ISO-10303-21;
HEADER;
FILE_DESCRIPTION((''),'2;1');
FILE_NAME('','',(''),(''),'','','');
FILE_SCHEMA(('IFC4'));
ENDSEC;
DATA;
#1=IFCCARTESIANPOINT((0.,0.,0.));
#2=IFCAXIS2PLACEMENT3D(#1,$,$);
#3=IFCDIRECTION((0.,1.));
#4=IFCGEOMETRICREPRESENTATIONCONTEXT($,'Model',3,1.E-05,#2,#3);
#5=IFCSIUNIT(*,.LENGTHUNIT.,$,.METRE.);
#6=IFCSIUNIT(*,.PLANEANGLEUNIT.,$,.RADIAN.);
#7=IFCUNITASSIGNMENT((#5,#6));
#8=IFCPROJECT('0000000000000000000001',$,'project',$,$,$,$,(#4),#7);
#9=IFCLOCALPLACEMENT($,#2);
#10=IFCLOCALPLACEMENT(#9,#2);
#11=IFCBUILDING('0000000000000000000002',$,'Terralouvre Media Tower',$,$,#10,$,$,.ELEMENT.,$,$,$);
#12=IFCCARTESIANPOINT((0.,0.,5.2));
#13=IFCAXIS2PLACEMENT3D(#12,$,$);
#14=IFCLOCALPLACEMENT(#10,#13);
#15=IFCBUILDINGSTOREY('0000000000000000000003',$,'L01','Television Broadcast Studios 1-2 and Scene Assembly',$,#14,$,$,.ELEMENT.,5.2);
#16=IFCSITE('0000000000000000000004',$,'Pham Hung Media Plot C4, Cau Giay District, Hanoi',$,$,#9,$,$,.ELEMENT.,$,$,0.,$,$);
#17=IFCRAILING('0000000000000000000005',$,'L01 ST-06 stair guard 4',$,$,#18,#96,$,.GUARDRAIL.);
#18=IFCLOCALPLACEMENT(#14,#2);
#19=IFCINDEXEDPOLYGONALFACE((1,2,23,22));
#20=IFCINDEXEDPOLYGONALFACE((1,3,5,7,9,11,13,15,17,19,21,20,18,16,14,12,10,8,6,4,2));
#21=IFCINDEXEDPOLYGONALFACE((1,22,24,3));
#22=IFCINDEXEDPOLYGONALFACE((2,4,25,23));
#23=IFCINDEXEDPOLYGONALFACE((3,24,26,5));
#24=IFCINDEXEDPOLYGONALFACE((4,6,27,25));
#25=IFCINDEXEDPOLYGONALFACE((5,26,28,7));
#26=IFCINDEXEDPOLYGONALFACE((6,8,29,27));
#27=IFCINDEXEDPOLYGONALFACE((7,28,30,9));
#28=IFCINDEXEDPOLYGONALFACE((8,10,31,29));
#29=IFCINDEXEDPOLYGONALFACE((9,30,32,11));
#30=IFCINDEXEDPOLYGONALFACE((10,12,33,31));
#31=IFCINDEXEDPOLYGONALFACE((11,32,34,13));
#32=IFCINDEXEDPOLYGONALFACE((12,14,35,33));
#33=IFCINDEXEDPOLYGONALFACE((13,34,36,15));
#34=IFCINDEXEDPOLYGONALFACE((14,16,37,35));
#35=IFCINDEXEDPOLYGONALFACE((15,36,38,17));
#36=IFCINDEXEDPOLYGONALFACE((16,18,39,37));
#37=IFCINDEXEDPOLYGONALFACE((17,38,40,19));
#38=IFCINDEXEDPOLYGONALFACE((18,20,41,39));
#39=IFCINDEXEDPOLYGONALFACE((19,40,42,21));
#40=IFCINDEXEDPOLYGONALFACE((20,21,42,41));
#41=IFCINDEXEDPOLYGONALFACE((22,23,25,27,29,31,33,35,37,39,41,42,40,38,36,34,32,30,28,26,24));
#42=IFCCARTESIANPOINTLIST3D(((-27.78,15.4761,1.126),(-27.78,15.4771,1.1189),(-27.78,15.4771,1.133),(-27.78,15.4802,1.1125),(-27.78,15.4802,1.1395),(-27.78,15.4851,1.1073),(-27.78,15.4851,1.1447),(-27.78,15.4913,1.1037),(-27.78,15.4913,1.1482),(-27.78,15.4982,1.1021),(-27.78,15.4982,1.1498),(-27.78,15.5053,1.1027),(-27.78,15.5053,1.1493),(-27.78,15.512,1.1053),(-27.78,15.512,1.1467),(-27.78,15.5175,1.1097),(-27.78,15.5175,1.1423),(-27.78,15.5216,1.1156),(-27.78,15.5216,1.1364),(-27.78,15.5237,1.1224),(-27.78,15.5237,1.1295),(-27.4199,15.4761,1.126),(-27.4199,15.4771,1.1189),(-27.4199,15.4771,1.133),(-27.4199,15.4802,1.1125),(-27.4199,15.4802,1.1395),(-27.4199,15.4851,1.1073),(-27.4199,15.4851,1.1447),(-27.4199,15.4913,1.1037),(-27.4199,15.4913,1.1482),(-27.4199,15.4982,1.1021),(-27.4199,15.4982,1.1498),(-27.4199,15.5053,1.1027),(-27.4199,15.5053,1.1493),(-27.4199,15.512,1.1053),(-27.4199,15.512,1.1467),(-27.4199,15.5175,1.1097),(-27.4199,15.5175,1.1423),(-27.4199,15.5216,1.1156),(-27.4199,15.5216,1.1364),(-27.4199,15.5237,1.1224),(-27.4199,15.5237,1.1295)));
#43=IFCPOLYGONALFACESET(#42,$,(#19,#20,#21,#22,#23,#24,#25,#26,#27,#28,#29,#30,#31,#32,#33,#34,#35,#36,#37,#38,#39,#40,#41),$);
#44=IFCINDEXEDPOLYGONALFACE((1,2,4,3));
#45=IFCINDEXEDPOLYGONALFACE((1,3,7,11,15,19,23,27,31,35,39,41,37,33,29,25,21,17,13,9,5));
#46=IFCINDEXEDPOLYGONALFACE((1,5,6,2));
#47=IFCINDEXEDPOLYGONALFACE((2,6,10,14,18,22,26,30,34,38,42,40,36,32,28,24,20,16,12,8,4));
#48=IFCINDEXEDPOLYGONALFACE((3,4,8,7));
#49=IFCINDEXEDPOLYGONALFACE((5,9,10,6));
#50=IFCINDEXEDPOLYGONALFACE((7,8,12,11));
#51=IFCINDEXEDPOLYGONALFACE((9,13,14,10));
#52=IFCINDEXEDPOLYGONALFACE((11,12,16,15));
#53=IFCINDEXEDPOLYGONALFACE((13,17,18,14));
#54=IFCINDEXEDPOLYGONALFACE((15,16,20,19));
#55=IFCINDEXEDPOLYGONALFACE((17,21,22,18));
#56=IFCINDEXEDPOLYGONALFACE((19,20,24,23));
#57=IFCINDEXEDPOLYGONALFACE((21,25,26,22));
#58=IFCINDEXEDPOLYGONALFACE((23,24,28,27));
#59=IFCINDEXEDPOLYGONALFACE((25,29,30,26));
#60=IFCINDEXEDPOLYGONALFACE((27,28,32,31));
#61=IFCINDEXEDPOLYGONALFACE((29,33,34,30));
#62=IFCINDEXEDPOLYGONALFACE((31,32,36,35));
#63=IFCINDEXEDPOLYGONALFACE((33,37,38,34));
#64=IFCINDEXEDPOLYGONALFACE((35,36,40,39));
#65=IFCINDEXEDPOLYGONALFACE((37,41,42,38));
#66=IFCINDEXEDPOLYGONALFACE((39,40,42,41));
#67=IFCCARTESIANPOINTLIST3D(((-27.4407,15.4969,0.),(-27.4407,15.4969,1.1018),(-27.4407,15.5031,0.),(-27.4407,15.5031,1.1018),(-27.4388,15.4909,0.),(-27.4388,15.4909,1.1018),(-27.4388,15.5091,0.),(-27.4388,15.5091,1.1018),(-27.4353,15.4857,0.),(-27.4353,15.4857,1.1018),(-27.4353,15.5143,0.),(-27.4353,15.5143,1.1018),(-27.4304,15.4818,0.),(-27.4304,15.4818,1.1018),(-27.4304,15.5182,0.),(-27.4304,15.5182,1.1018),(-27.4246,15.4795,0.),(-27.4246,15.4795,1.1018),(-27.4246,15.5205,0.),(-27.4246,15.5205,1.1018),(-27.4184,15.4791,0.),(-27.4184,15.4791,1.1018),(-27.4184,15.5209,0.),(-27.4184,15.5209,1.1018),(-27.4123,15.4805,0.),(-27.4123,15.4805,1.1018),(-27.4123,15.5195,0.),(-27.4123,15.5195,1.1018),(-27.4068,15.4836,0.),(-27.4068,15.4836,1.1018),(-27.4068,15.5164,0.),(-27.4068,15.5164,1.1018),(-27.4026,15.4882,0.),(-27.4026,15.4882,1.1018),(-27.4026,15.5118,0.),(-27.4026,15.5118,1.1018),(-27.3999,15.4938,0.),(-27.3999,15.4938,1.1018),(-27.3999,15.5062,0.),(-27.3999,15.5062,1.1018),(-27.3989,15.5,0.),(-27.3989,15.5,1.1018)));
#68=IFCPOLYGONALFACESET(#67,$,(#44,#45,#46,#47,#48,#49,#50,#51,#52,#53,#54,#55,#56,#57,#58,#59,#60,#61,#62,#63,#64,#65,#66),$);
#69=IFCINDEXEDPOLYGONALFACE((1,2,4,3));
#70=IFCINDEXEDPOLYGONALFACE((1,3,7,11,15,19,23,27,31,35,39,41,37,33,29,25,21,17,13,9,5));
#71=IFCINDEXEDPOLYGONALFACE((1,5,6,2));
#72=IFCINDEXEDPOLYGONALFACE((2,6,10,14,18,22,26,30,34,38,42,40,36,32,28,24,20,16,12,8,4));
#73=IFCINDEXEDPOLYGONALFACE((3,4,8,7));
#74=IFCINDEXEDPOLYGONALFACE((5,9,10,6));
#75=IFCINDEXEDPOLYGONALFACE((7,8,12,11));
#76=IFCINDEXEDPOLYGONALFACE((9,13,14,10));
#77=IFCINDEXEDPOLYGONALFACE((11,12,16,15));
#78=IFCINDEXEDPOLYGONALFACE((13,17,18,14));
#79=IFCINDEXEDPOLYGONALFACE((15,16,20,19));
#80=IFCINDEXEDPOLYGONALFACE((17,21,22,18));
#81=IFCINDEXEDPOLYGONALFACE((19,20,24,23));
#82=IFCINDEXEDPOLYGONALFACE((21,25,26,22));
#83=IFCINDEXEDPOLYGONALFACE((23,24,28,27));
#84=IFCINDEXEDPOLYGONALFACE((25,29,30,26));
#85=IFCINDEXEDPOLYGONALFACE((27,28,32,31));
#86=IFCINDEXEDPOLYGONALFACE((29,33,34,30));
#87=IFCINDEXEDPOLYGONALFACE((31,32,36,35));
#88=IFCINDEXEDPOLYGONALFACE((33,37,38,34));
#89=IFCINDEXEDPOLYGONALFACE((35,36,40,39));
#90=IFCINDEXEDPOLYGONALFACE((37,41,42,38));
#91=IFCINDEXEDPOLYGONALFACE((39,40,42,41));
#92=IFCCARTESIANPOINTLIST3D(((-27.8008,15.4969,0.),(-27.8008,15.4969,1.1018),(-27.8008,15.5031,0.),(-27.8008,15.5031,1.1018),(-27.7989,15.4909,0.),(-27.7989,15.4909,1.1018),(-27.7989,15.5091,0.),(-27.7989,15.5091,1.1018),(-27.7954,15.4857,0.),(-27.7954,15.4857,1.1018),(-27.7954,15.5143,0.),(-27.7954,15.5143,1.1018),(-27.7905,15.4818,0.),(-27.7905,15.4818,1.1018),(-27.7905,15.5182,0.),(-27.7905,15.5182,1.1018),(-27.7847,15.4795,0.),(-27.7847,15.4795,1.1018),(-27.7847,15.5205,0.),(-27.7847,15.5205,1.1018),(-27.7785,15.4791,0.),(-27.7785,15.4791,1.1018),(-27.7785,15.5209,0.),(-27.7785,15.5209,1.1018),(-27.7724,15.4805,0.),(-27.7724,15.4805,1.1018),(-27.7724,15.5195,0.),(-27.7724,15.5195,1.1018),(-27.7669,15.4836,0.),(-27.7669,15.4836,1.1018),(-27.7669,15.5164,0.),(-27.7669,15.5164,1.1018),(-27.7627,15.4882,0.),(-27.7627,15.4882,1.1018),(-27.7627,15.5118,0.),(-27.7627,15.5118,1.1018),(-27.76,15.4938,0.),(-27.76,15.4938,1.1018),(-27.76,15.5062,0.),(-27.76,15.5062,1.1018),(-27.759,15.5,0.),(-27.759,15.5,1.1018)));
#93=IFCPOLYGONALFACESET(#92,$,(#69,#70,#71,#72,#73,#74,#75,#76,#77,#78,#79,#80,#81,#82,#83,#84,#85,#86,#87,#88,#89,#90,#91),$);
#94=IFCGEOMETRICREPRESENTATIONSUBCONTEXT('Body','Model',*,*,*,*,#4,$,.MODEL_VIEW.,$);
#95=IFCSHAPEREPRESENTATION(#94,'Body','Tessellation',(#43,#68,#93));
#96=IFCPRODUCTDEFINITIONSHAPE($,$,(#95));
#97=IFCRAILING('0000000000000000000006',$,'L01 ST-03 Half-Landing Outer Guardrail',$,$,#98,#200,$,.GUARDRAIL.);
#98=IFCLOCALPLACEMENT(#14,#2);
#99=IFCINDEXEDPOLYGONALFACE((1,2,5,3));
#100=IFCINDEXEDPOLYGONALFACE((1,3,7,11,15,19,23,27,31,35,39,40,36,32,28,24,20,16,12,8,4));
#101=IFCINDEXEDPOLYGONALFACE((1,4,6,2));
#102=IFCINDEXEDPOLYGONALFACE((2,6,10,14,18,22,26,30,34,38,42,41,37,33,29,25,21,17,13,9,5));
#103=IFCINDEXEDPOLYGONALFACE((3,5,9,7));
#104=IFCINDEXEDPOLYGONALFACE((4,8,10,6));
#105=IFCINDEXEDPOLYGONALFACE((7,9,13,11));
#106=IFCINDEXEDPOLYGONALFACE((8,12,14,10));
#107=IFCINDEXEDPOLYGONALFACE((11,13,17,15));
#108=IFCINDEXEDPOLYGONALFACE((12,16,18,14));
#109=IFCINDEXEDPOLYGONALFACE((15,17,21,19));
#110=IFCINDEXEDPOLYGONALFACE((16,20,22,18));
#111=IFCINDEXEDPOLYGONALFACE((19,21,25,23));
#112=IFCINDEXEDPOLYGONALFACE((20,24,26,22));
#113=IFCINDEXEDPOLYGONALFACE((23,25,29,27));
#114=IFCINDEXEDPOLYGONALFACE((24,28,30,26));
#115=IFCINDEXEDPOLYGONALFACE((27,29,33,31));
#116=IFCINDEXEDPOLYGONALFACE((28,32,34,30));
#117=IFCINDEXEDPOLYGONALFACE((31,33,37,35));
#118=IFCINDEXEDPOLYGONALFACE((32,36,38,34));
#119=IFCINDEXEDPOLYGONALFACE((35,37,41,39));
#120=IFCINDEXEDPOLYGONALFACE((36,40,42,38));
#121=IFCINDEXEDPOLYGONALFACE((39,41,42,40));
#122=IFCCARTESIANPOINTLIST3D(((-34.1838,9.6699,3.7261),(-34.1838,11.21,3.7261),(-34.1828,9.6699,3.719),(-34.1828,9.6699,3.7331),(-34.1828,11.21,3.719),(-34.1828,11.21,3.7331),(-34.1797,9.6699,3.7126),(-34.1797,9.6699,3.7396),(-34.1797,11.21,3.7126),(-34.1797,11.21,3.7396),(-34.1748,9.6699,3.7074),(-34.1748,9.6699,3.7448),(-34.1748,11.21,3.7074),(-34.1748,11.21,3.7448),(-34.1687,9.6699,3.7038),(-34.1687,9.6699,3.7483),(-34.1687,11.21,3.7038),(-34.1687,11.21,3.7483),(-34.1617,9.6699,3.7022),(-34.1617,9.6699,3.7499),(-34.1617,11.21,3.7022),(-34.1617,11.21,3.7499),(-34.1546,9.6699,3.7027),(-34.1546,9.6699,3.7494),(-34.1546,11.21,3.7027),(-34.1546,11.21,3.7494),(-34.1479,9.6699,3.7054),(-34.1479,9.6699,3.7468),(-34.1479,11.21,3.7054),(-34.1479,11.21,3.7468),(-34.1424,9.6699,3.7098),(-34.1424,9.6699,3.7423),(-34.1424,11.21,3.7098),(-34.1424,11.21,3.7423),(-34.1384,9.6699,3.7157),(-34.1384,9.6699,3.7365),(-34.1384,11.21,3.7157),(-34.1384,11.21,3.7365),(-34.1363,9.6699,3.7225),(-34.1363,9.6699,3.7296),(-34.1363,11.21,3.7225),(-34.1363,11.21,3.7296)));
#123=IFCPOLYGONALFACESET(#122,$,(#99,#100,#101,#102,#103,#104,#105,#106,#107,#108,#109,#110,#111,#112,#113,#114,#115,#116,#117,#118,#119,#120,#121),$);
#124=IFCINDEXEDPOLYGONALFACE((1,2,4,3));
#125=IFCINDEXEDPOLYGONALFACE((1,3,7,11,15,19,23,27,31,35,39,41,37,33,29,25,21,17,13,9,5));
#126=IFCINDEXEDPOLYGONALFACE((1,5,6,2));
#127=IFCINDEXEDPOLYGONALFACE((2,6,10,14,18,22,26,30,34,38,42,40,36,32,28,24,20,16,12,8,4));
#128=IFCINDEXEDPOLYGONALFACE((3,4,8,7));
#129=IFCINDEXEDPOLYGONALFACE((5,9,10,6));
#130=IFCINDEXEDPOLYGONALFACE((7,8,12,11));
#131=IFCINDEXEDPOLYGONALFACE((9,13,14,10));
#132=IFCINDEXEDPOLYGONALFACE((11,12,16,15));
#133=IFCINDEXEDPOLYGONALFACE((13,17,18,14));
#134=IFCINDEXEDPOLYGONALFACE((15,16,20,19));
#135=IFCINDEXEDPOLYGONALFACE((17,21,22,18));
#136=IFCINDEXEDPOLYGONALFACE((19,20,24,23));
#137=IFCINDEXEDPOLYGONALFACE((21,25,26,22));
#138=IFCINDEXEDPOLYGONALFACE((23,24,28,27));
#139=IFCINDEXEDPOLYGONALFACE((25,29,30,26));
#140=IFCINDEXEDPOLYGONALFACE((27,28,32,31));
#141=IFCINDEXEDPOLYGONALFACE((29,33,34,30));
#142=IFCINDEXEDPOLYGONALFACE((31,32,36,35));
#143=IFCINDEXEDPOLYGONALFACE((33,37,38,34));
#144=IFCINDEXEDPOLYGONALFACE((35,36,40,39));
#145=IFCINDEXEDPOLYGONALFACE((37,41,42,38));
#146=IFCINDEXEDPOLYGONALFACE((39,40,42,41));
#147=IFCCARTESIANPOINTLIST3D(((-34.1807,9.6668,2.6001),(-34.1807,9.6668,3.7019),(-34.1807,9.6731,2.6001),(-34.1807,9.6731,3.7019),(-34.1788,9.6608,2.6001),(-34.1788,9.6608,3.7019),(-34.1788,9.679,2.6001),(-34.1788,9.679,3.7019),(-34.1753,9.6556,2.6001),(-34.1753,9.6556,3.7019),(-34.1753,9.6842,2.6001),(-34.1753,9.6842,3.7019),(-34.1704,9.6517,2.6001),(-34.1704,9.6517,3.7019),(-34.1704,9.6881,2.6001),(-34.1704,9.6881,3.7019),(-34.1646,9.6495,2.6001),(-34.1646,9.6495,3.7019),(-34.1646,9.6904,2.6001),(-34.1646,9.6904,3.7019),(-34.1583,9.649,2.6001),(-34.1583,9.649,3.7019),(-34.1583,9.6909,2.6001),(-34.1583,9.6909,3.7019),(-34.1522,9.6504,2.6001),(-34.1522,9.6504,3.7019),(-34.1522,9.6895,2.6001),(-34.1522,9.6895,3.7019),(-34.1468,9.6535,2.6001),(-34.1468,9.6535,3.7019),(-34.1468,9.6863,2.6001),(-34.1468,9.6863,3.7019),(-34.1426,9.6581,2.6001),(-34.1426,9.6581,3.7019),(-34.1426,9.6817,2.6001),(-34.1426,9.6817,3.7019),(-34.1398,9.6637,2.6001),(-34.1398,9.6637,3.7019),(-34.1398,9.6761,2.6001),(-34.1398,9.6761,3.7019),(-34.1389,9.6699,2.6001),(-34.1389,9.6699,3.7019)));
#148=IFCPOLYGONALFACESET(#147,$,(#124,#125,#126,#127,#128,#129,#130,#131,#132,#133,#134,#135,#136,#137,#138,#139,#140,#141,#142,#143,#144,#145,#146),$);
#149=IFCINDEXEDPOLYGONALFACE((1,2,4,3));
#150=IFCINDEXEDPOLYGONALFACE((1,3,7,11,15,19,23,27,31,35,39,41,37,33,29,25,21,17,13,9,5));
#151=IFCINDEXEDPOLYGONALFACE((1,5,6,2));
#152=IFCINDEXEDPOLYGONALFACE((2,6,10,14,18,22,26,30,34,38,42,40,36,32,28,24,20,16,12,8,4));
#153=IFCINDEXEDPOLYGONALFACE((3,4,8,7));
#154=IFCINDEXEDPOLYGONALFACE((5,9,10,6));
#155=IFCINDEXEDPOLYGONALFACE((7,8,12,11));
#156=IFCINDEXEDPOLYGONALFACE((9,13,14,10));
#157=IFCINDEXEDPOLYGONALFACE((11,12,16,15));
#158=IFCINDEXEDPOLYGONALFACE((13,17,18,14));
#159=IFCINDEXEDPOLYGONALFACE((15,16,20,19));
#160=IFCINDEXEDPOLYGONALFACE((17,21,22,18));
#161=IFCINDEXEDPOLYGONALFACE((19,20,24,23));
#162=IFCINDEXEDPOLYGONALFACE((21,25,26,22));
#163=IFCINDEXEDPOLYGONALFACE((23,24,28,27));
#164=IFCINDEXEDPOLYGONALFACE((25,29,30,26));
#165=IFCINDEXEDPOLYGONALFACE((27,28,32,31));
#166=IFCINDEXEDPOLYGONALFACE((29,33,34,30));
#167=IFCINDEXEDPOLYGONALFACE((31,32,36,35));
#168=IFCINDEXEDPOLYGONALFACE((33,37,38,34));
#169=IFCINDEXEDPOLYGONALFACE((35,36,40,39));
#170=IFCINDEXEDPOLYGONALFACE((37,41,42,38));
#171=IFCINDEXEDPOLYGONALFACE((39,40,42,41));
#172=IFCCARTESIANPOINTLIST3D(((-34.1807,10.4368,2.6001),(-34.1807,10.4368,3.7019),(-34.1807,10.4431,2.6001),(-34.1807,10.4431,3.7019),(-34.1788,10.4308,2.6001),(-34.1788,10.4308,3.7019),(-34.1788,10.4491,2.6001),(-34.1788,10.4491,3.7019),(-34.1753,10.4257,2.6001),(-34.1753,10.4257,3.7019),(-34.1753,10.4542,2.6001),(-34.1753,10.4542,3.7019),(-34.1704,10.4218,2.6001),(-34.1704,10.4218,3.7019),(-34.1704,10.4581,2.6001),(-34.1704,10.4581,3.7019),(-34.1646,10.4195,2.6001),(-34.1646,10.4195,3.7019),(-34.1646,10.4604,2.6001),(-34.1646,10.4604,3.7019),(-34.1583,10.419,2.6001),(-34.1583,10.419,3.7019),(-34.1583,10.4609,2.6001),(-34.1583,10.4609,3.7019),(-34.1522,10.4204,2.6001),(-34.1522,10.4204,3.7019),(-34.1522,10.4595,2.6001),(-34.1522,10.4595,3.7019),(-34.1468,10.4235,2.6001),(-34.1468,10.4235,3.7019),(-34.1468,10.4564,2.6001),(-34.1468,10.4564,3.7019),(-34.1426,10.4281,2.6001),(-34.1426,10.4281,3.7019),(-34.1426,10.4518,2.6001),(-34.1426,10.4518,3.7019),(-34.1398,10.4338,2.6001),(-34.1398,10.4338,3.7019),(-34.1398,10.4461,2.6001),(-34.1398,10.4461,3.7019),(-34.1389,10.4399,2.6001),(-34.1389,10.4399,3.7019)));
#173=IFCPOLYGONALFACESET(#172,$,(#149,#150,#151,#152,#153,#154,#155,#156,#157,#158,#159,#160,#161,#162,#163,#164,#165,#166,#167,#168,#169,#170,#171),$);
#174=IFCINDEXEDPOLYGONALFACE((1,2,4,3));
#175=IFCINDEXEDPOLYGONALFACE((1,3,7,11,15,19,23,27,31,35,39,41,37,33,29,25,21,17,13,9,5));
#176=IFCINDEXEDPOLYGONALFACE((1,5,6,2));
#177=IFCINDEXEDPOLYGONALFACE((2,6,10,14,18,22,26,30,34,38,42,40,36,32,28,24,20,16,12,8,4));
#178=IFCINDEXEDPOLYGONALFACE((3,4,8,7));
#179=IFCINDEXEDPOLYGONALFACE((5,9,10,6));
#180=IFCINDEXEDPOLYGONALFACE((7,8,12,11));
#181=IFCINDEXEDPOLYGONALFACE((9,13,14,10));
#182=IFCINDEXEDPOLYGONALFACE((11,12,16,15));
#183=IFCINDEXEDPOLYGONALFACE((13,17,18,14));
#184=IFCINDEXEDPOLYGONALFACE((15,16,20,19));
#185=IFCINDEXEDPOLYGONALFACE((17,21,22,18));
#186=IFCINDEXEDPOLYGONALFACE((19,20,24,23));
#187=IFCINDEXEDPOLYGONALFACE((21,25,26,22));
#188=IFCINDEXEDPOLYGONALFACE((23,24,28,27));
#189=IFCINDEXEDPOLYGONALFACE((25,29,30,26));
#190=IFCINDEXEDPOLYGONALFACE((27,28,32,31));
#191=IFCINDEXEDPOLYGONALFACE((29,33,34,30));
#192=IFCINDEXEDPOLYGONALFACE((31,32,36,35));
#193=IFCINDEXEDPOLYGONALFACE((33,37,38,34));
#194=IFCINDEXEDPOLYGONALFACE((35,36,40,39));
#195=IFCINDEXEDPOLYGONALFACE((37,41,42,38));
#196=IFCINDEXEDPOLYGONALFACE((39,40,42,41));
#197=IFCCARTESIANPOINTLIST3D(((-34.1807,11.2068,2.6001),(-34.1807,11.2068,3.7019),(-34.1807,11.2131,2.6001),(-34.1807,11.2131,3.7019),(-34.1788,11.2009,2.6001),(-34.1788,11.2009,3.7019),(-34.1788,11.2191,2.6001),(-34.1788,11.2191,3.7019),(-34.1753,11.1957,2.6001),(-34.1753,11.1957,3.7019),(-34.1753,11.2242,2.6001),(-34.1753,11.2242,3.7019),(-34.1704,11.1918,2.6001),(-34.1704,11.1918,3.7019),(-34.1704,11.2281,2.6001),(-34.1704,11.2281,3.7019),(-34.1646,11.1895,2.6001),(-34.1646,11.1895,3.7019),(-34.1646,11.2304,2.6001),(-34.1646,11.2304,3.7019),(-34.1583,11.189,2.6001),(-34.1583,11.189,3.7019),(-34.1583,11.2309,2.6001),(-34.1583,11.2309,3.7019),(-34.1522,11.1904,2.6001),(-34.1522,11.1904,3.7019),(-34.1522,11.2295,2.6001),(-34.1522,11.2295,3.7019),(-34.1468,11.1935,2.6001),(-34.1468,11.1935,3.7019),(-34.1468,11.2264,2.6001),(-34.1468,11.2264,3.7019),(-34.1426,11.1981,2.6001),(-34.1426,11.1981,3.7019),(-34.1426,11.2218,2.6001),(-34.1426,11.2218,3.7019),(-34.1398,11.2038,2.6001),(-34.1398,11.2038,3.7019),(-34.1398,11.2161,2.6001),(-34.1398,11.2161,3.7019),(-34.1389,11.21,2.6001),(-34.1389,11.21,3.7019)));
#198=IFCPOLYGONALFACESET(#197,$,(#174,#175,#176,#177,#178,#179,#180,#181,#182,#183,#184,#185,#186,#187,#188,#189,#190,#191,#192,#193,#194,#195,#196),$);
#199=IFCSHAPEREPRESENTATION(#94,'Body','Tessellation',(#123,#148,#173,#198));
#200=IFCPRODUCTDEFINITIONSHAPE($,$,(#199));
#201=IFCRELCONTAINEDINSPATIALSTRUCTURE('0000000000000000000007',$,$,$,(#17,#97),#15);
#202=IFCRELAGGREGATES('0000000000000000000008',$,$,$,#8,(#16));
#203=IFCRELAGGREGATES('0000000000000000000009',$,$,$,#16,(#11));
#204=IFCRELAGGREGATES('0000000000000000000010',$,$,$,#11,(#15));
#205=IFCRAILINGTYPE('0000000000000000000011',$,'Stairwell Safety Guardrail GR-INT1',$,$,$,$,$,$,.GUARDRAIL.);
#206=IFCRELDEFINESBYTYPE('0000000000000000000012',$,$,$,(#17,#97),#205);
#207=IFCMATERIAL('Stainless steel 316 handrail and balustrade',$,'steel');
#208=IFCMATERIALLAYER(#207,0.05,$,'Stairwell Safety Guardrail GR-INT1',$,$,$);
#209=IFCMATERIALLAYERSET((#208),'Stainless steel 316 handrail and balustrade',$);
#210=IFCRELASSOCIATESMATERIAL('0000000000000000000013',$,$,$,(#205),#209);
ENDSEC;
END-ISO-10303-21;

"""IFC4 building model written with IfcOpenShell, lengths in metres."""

from ifc_helpers import new_model, si_unit, direction, frame, origin, origin_2d, place, context, subcontext, project, spatial, circle, extrude, material, layer, layer_set, type_object, element, save


model = new_model("IFC4")

# Units and contexts
model_context = context("Model", 3, precision=1e-05, world=origin(), true_north=direction((0.0, 1.0)))
body_context = subcontext(model_context, "Body", "Model", "MODEL_VIEW")
ifc_project = project(units=[si_unit("LENGTHUNIT", "METRE"), si_unit("PLANEANGLEUNIT", "RADIAN")], contexts=[model_context])

# Site, building, storey
site_placement = place(None, origin())
site = spatial("IfcSite", under=ifc_project, at=site_placement, Name="Pham Hung Media Plot C4, Cau Giay District, Hanoi", CompositionType="ELEMENT", RefElevation=0.0)
building_placement = place(site_placement, origin())
building = spatial("IfcBuilding", under=site, at=building_placement, Name="Terralouvre Media Tower", CompositionType="ELEMENT")
storey_placement = place(building_placement, frame((0.0, 0.0, 5.2)))
storey = spatial("IfcBuildingStorey", under=building, at=storey_placement, Name="L01", Description="Television Broadcast Studios 1-2 and Scene Assembly", CompositionType="ELEMENT", Elevation=5.2)

# Railings
ifc_material_1 = material(Name="Stainless steel 316 handrail and balustrade", Category="steel")
ifc_layer_1 = layer(ifc_material_1, 0.05, Name="Stairwell Safety Guardrail GR-INT1")
ifc_layer_set_1 = layer_set([ifc_layer_1], Name="Stainless steel 316 handrail and balustrade")
railing_type_1 = type_object("IfcRailingType", Name="Stairwell Safety Guardrail GR-INT1", PredefinedType="GUARDRAIL", material=ifc_layer_set_1)
railing_1_placement = place(storey_placement, frame((-27.4199, 15.5, 0.0)))
element("IfcRailing", 1, at=railing_1_placement, inside=storey, type_object=railing_type_1, Name="L01 ST-06 stair guard 4", PredefinedType="GUARDRAIL", context=body_context, shape_type="SweptSolid", body=[
    extrude(circle(Radius=0.0239, at=origin_2d()), frame((0.0, 0.0, 1.126), z_axis=(-1.0, 0.0, 0.0), x_axis=(0.0, -1.0, 0.0)), (0.0, 0.0, 1.0), 0.3601),
    extrude(circle(Radius=0.021, at=origin_2d()), origin(), (0.0, 0.0, 1.0), 1.1018),
    extrude(circle(Radius=0.021, at=origin_2d()), frame((-0.3601, 0.0, 0.0)), (0.0, 0.0, 1.0), 1.1018),
])
railing_2_placement = place(storey_placement, frame((-34.1599, 9.6699, 2.6001)))
element("IfcRailing", 2, at=railing_2_placement, inside=storey, type_object=railing_type_1, Name="L01 ST-03 Half-Landing Outer Guardrail", PredefinedType="GUARDRAIL", context=body_context, shape_type="SweptSolid", body=[
    extrude(circle(Radius=0.0239, at=origin_2d()), frame((0.0, 0.0, 1.126), z_axis=(0.0, 1.0, 0.0), x_axis=(-1.0, 0.0, 0.0)), (0.0, 0.0, 1.0), 1.54),
    extrude(circle(Radius=0.021, at=origin_2d()), origin(), (0.0, 0.0, 1.0), 1.1018),
    extrude(circle(Radius=0.021, at=origin_2d()), frame((0.0, 0.77, 0.0)), (0.0, 0.0, 1.0), 1.1018),
    extrude(circle(Radius=0.021, at=origin_2d()), frame((0.0, 1.54, 0.0)), (0.0, 0.0, 1.0), 1.1018),
])

save(model, "model.ifc")
